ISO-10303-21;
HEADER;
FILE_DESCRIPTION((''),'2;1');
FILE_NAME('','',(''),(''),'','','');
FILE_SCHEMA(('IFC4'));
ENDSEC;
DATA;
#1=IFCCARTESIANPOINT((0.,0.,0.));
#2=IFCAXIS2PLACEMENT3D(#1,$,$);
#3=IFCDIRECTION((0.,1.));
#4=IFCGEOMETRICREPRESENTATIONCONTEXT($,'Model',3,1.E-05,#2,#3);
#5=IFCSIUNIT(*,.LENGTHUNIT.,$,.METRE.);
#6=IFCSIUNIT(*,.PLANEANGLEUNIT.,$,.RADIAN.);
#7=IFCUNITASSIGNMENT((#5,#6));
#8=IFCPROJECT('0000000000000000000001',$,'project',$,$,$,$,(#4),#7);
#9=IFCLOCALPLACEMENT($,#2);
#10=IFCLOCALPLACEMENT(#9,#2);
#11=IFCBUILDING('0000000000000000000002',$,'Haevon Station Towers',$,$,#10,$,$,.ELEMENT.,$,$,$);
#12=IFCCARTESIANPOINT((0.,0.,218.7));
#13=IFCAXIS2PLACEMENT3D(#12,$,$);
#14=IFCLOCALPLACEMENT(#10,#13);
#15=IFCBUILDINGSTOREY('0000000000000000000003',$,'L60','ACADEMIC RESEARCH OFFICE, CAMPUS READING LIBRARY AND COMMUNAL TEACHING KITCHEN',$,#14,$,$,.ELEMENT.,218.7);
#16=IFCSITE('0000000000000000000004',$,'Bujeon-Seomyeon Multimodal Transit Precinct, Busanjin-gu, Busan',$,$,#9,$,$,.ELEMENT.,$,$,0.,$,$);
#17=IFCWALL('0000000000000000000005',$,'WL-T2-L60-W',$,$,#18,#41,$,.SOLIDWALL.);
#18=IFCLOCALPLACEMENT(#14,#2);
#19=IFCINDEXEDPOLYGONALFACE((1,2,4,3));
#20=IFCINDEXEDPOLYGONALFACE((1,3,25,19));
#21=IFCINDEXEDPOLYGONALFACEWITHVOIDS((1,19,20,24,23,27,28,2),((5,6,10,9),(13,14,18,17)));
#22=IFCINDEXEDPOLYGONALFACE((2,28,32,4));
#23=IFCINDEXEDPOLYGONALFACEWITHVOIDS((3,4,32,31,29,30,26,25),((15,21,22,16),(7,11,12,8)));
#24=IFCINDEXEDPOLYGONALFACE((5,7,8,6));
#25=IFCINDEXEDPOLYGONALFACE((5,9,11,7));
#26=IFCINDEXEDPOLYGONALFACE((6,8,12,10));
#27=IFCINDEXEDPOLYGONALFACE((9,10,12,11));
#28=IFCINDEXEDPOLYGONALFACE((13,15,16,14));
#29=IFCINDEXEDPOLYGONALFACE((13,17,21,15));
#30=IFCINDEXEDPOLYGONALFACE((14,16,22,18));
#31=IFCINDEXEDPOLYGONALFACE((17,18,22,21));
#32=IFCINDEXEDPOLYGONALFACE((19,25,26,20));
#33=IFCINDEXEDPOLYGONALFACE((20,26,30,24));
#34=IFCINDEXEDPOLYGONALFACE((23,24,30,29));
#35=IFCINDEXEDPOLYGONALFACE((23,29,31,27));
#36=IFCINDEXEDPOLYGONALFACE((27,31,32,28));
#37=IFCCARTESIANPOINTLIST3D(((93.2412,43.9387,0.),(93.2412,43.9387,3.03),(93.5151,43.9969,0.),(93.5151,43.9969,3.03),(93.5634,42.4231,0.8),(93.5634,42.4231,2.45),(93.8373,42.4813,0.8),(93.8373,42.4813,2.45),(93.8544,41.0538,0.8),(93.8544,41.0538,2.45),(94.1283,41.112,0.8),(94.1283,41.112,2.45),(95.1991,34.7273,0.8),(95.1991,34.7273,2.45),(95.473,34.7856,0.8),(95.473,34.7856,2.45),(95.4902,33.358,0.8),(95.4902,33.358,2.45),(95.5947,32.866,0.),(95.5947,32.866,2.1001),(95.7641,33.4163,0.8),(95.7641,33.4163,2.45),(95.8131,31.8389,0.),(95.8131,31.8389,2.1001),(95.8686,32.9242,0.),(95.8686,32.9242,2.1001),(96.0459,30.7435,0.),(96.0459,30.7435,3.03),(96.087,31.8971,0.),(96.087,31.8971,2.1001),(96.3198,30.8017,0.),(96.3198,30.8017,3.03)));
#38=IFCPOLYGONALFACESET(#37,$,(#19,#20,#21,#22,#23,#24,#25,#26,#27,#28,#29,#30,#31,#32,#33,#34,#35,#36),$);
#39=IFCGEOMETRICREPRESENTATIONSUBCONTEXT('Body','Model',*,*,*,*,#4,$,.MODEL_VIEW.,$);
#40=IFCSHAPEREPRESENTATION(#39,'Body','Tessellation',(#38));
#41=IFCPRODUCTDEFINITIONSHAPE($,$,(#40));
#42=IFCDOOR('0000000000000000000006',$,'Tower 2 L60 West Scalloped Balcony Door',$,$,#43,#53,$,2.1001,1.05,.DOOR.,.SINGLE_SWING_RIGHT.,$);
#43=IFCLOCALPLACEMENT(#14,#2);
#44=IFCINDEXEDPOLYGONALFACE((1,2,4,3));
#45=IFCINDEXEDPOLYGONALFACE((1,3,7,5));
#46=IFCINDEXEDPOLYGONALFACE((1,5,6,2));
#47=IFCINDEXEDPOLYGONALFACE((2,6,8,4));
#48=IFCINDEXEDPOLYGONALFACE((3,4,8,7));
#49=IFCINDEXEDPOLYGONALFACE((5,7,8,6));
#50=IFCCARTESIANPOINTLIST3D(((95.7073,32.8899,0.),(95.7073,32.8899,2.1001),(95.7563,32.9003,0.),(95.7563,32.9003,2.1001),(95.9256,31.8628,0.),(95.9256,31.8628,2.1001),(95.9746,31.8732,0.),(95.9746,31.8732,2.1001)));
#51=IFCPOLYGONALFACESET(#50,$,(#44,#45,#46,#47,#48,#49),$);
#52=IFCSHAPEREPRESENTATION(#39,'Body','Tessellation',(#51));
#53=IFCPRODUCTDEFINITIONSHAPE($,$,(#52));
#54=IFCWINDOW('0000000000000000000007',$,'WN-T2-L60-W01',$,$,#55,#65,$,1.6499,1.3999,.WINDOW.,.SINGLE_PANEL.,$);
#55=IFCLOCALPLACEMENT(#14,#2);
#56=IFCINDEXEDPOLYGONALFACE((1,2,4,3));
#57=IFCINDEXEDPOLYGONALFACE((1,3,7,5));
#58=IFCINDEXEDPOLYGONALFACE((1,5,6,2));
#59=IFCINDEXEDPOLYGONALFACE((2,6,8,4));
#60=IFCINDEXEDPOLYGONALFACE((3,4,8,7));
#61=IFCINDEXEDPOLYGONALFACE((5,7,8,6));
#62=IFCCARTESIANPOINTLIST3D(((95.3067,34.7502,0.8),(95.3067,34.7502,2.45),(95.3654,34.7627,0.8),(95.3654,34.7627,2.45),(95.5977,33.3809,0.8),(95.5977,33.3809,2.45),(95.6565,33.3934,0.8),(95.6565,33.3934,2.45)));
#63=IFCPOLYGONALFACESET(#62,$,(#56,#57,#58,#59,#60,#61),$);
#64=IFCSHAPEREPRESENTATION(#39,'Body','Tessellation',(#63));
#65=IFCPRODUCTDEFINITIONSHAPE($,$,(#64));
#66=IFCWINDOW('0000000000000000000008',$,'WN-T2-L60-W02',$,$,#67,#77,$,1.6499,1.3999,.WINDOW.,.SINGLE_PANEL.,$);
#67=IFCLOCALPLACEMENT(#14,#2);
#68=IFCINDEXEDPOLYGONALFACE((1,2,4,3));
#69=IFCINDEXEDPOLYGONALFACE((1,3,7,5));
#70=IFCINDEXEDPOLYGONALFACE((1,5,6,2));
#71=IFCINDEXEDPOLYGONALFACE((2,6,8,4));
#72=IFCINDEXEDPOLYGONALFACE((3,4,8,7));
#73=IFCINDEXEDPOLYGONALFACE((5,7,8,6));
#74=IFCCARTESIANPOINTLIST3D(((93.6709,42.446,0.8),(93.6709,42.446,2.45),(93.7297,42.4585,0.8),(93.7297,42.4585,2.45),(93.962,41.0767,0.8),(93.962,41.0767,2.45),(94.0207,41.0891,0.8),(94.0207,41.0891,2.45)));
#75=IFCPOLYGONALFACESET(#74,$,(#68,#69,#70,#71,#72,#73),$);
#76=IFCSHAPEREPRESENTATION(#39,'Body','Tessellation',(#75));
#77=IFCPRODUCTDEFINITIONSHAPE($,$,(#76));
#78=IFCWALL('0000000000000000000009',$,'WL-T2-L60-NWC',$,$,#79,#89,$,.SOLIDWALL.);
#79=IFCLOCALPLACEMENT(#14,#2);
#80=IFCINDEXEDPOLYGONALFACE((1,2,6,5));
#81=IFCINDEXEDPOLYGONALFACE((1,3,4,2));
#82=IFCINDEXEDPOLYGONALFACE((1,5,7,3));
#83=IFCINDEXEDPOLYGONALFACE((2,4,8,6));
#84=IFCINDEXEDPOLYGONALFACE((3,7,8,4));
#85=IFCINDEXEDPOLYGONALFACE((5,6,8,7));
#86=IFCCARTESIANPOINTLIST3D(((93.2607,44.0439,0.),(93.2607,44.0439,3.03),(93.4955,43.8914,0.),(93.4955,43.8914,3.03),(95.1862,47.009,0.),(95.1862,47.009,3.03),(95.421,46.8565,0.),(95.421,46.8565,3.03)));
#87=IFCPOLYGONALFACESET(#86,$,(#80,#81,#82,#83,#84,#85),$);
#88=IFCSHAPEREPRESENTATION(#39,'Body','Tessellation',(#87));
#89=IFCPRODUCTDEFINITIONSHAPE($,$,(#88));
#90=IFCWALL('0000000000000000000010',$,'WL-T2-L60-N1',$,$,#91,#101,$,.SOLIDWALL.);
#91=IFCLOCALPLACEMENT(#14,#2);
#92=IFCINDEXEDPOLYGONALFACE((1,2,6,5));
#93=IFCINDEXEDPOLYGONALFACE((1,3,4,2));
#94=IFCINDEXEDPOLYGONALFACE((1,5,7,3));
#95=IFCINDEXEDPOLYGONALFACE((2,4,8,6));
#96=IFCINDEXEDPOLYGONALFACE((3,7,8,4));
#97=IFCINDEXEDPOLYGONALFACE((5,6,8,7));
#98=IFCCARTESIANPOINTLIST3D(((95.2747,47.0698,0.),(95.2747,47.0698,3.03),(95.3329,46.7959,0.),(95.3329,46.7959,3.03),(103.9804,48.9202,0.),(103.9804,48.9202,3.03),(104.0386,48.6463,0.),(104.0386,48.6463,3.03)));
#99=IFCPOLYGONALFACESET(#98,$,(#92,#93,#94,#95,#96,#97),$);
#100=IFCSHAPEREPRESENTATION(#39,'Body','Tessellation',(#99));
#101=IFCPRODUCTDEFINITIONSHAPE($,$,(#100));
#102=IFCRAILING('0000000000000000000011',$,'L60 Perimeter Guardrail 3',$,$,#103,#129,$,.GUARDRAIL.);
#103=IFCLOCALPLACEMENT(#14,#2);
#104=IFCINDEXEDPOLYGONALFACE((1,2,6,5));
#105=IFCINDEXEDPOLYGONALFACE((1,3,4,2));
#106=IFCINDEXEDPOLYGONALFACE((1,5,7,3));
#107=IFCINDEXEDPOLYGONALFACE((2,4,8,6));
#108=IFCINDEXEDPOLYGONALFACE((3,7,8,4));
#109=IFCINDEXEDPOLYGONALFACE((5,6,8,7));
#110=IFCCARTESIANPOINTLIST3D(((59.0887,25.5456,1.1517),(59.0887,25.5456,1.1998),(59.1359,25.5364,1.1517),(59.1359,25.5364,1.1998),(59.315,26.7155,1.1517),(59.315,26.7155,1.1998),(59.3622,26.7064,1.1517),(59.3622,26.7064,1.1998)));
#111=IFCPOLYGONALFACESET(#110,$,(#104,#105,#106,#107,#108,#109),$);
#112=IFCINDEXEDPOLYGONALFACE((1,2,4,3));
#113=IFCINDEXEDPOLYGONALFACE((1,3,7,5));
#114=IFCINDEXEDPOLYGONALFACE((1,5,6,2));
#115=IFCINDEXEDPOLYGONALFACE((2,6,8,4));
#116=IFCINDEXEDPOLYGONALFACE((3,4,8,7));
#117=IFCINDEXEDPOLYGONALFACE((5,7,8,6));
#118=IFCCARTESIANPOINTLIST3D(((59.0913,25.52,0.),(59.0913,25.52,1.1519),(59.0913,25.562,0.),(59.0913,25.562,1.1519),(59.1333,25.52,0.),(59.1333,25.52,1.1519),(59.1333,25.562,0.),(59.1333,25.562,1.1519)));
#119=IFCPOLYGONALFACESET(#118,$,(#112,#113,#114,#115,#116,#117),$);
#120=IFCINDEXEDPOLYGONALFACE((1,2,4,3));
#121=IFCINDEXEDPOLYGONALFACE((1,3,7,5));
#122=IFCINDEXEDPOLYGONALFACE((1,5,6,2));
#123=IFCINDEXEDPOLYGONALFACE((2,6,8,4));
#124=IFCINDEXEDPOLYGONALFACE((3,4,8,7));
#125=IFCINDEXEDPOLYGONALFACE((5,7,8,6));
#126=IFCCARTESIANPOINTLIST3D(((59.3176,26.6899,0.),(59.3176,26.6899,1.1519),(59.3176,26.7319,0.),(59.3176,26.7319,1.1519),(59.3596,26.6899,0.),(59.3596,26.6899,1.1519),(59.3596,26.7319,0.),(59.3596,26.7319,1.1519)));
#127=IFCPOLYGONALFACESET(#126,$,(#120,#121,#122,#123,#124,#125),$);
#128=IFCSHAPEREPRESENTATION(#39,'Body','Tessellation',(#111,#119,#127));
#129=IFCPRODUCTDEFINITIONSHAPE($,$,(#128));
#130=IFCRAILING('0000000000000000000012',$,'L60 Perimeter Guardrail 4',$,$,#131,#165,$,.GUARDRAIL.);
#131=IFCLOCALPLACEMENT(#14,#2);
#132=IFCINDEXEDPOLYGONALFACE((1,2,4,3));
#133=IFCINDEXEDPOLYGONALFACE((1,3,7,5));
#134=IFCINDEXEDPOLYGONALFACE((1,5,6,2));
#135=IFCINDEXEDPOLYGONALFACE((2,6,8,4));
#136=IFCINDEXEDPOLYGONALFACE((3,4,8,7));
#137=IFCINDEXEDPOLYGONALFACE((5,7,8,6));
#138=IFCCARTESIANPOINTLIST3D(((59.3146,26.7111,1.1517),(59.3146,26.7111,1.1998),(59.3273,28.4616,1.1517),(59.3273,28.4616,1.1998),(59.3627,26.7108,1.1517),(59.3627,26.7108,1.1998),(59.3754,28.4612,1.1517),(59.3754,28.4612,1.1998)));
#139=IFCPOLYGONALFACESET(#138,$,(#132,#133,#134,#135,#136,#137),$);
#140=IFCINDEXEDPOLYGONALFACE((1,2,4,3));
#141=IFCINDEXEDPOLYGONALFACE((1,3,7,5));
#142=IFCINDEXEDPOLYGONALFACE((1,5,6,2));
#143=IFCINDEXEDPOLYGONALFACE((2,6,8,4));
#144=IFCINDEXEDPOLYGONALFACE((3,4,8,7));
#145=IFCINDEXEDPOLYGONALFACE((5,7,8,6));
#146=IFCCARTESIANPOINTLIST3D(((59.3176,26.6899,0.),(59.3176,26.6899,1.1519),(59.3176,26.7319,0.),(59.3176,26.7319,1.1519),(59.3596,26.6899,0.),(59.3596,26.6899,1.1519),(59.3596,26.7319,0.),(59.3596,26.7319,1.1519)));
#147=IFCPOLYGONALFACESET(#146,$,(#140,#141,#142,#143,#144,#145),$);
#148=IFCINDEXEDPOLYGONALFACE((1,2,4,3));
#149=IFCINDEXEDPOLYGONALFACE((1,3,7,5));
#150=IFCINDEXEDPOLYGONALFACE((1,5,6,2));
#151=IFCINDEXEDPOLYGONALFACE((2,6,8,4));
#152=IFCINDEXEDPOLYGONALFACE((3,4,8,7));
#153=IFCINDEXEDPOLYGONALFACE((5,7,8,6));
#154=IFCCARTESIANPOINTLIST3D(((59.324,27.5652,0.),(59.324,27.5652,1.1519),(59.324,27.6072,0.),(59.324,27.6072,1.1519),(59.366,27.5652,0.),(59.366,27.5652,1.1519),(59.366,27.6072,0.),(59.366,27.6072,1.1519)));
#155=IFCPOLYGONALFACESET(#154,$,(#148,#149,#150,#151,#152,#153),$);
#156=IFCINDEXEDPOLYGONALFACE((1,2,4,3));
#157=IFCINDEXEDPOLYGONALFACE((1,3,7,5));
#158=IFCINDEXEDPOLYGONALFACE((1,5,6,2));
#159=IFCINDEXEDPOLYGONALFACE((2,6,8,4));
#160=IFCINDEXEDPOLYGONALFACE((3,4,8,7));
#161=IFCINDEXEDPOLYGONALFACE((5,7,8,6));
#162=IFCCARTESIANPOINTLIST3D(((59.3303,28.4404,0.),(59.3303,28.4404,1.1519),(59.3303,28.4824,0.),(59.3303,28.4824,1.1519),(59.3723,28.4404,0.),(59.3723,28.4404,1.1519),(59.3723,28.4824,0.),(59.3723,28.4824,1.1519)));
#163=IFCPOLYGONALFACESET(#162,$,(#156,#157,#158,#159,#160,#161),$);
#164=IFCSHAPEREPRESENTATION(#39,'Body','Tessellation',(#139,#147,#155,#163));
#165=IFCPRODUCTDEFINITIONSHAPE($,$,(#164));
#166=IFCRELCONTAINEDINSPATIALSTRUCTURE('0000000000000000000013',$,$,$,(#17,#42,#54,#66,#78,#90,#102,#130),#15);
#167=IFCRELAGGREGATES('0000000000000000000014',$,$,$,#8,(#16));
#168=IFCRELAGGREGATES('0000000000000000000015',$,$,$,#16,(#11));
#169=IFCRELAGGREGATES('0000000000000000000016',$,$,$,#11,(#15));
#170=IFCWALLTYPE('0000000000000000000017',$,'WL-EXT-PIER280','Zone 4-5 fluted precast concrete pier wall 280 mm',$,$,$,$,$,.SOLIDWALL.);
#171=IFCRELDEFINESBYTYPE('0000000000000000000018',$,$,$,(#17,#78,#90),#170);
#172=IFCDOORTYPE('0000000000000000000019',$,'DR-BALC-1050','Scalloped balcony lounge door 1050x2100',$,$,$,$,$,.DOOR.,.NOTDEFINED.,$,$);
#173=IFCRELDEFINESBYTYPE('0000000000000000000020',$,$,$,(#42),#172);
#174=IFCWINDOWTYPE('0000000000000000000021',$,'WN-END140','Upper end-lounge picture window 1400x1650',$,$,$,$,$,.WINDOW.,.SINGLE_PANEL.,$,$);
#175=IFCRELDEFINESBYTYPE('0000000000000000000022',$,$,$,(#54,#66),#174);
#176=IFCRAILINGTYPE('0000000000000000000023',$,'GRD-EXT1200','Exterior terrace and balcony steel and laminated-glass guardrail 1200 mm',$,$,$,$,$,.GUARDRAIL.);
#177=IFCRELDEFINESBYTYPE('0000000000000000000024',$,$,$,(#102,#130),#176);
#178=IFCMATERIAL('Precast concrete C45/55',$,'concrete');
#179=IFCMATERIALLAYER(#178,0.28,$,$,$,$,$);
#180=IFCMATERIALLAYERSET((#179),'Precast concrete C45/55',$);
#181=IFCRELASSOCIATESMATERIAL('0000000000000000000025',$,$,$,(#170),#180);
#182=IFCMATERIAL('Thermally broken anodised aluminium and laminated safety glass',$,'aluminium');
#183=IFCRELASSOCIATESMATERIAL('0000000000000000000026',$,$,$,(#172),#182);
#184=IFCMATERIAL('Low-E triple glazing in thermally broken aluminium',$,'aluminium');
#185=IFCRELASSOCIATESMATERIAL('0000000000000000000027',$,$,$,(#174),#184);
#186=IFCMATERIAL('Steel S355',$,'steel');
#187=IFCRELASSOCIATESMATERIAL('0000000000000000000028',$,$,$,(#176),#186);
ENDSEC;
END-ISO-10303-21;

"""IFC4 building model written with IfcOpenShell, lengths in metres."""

from ifc_helpers import new_model, si_unit, direction, frame, frame_2d, origin, origin_2d, place, context, subcontext, project, spatial, rectangle, extrude, material, layer, layer_set, type_object, element, fill, save


model = new_model("IFC4")

# Units and contexts
model_context = context("Model", 3, precision=1e-05, world=origin(), true_north=direction((0.0, 1.0)))
body_context = subcontext(model_context, "Body", "Model", "MODEL_VIEW")
ifc_project = project(units=[si_unit("LENGTHUNIT", "METRE"), si_unit("PLANEANGLEUNIT", "RADIAN")], contexts=[model_context])

# Site, building, storey
site_placement = place(None, origin())
site = spatial("IfcSite", under=ifc_project, at=site_placement, Name="Bujeon-Seomyeon Multimodal Transit Precinct, Busanjin-gu, Busan", CompositionType="ELEMENT", RefElevation=0.0)
building_placement = place(site_placement, origin())
building = spatial("IfcBuilding", under=site, at=building_placement, Name="Haevon Station Towers", CompositionType="ELEMENT")
storey_placement = place(building_placement, frame((0.0, 0.0, 218.7)))
storey = spatial("IfcBuildingStorey", under=building, at=storey_placement, Name="L60", Description="ACADEMIC RESEARCH OFFICE, CAMPUS READING LIBRARY AND COMMUNAL TEACHING KITCHEN", CompositionType="ELEMENT", Elevation=218.7)

# Shared definitions
ifc_material_1 = material(Name="Steel S355", Category="steel")

# Wall, openings, door, windows
ifc_material_2 = material(Name="Precast concrete C45/55", Category="concrete")
ifc_layer_1 = layer(ifc_material_2, 0.28)
ifc_layer_set_1 = layer_set([ifc_layer_1], Name="Precast concrete C45/55")
wall_type = type_object("IfcWallType", Name="WL-EXT-PIER280", Description="Zone 4-5 fluted precast concrete pier wall 280 mm", PredefinedType="SOLIDWALL", material=ifc_layer_set_1)
wall_1_placement = place(storey_placement, frame((96.1829, 30.7725, 0.0), z_axis=(0.0, 0.0, 1.0), x_axis=(-0.207907, 0.978149, 0.0)))
wall_1 = element("IfcWall", 1, at=wall_1_placement, inside=storey, type_object=wall_type, Name="WL-T2-L60-W", PredefinedType="SOLIDWALL", context=body_context, shape_type="SweptSolid", body=[
    extrude(rectangle(XDim=13.49, YDim=0.28, at=frame_2d((6.7451, 0.0))), origin(), (0.0, 0.0, 1.0), 3.03),
])
opening_1_placement = place(wall_1_placement, frame((1.1201, 0.0, 0.0)))
opening_1 = element("IfcOpeningElement", 2, at=opening_1_placement, cuts=wall_1, PredefinedType="OPENING", context=body_context, shape_type="SweptSolid", body=[
    extrude(rectangle(XDim=1.05, YDim=2.1001, at=frame_2d((0.5249, 1.05))), frame((0.0, 0.1499, 0.0), z_axis=(0.0, -1.0, 0.0), x_axis=(1.0, 0.0, 0.0)), (0.0, 0.0, 1.0), 0.3),
])
opening_2_placement = place(wall_1_placement, frame((2.6731, 0.0, 0.8)))
opening_2 = element("IfcOpeningElement", 3, at=opening_2_placement, cuts=wall_1, PredefinedType="OPENING", context=body_context, shape_type="SweptSolid", body=[
    extrude(rectangle(XDim=1.3999, YDim=1.6499, at=frame_2d((0.7, 0.825))), frame((0.0, 0.1499, 0.0), z_axis=(0.0, -1.0, 0.0), x_axis=(1.0, 0.0, 0.0)), (0.0, 0.0, 1.0), 0.3),
])
opening_3_placement = place(wall_1_placement, frame((10.5408, 0.0, 0.8)))
opening_3 = element("IfcOpeningElement", 4, at=opening_3_placement, cuts=wall_1, PredefinedType="OPENING", context=body_context, shape_type="SweptSolid", body=[
    extrude(rectangle(XDim=1.3999, YDim=1.6499, at=frame_2d((0.7, 0.825))), frame((0.0, 0.1499, 0.0), z_axis=(0.0, -1.0, 0.0), x_axis=(1.0, 0.0, 0.0)), (0.0, 0.0, 1.0), 0.3),
])
ifc_material_3 = material(Name="Thermally broken anodised aluminium and laminated safety glass", Category="aluminium")
door_type = type_object("IfcDoorType", Name="DR-BALC-1050", Description="Scalloped balcony lounge door 1050x2100", OperationType="NOTDEFINED", PredefinedType="DOOR", material=ifc_material_3)
door_placement = place(opening_1_placement, origin())
door = element("IfcDoor", 5, at=door_placement, inside=storey, type_object=door_type, Name="Tower 2 L60 West Scalloped Balcony Door", OperationType="SINGLE_SWING_RIGHT", OverallHeight=2.1001, OverallWidth=1.05, PredefinedType="DOOR", context=body_context, shape_type="SweptSolid", body=[
    extrude(rectangle(XDim=1.05, YDim=2.1001, at=frame_2d((0.5249, 1.05))), frame((0.0, 0.0249, 0.0), z_axis=(0.0, -1.0, 0.0), x_axis=(1.0, 0.0, 0.0)), (0.0, 0.0, 1.0), 0.05),
])
fill(opening_1, door)
ifc_material_4 = material(Name="Low-E triple glazing in thermally broken aluminium", Category="aluminium")
window_type = type_object("IfcWindowType", Name="WN-END140", Description="Upper end-lounge picture window 1400x1650", PartitioningType="SINGLE_PANEL", PredefinedType="WINDOW", material=ifc_material_4)
window_1_placement = place(opening_2_placement, origin())
window_1 = element("IfcWindow", 6, at=window_1_placement, inside=storey, type_object=window_type, Name="WN-T2-L60-W01", OverallHeight=1.6499, OverallWidth=1.3999, PartitioningType="SINGLE_PANEL", PredefinedType="WINDOW", context=body_context, shape_type="SweptSolid", body=[
    extrude(rectangle(XDim=1.3999, YDim=1.6499, at=frame_2d((0.7, 0.825))), frame((0.0, 0.03, 0.0), z_axis=(0.0, -1.0, 0.0), x_axis=(1.0, 0.0, 0.0)), (0.0, 0.0, 1.0), 0.0601),
])
fill(opening_2, window_1)
window_2_placement = place(opening_3_placement, origin())
window_2 = element("IfcWindow", 7, at=window_2_placement, inside=storey, type_object=window_type, Name="WN-T2-L60-W02", OverallHeight=1.6499, OverallWidth=1.3999, PartitioningType="SINGLE_PANEL", PredefinedType="WINDOW", context=body_context, shape_type="SweptSolid", body=[
    extrude(rectangle(XDim=1.3999, YDim=1.6499, at=frame_2d((0.7, 0.825))), frame((0.0, 0.03, 0.0), z_axis=(0.0, -1.0, 0.0), x_axis=(1.0, 0.0, 0.0)), (0.0, 0.0, 1.0), 0.0601),
])
fill(opening_3, window_2)

# Walls
wall_2_placement = place(storey_placement, frame((93.3782, 43.9678, 0.0), z_axis=(0.0, 0.0, 1.0), x_axis=(0.544636, 0.838672, 0.0)))
element("IfcWall", 8, at=wall_2_placement, inside=storey, type_object=wall_type, Name="WL-T2-L60-NWC", PredefinedType="SOLIDWALL", context=body_context, shape_type="SweptSolid", body=[
    extrude(rectangle(XDim=3.5354, YDim=0.28, at=frame_2d((1.7676, 0.0))), origin(), (0.0, 0.0, 1.0), 3.03),
])
wall_3_placement = place(storey_placement, frame((95.3037, 46.9329, 0.0), z_axis=(0.0, 0.0, 1.0), x_axis=(0.97815, 0.207903, 0.0)))
element("IfcWall", 9, at=wall_3_placement, inside=storey, type_object=wall_type, Name="WL-T2-L60-N1", PredefinedType="SOLIDWALL", context=body_context, shape_type="SweptSolid", body=[
    extrude(rectangle(XDim=8.9001, YDim=0.28, at=frame_2d((4.4502, 0.0))), origin(), (0.0, 0.0, 1.0), 3.03),
])

# Railings
railing_type = type_object("IfcRailingType", Name="GRD-EXT1200", Description="Exterior terrace and balcony steel and laminated-glass guardrail 1200 mm", PredefinedType="GUARDRAIL", material=ifc_material_1)
railing_1_placement = place(storey_placement, frame((59.1123, 25.541, 0.0)))
element("IfcRailing", 10, at=railing_1_placement, inside=storey, type_object=railing_type, Name="L60 Perimeter Guardrail 3", PredefinedType="GUARDRAIL", context=body_context, shape_type="SweptSolid", body=[
    extrude(rectangle(XDim=0.0481, YDim=0.0481, at=origin_2d()), frame((0.0, 0.0, 1.1758), z_axis=(0.189926, 0.981798, 0.0), x_axis=(-0.981798, 0.189926, 0.0)), (0.0, 0.0, 1.0), 1.1917),
    extrude(rectangle(XDim=0.042, YDim=0.042, at=origin_2d()), origin(), (0.0, 0.0, 1.0), 1.1519),
    extrude(rectangle(XDim=0.042, YDim=0.042, at=origin_2d()), frame((0.2263, 1.1699, 0.0)), (0.0, 0.0, 1.0), 1.1519),
])
railing_2_placement = place(storey_placement, frame((59.3386, 26.7109, 0.0)))
element("IfcRailing", 11, at=railing_2_placement, inside=storey, type_object=railing_type, Name="L60 Perimeter Guardrail 4", PredefinedType="GUARDRAIL", context=body_context, shape_type="SweptSolid", body=[
    extrude(rectangle(XDim=0.0481, YDim=0.0481, at=origin_2d()), frame((0.0, 0.0, 1.1758), z_axis=(0.007252, 0.999974, 0.0), x_axis=(-0.999974, 0.007252, 0.0)), (0.0, 0.0, 1.0), 1.7505),
    extrude(rectangle(XDim=0.042, YDim=0.042, at=origin_2d()), origin(), (0.0, 0.0, 1.0), 1.1519),
    extrude(rectangle(XDim=0.042, YDim=0.042, at=origin_2d()), frame((0.0063, 0.8752, 0.0)), (0.0, 0.0, 1.0), 1.1519),
    extrude(rectangle(XDim=0.042, YDim=0.042, at=origin_2d()), frame((0.0127, 1.7505, 0.0)), (0.0, 0.0, 1.0), 1.1519),
])

save(model, "model.ifc")
